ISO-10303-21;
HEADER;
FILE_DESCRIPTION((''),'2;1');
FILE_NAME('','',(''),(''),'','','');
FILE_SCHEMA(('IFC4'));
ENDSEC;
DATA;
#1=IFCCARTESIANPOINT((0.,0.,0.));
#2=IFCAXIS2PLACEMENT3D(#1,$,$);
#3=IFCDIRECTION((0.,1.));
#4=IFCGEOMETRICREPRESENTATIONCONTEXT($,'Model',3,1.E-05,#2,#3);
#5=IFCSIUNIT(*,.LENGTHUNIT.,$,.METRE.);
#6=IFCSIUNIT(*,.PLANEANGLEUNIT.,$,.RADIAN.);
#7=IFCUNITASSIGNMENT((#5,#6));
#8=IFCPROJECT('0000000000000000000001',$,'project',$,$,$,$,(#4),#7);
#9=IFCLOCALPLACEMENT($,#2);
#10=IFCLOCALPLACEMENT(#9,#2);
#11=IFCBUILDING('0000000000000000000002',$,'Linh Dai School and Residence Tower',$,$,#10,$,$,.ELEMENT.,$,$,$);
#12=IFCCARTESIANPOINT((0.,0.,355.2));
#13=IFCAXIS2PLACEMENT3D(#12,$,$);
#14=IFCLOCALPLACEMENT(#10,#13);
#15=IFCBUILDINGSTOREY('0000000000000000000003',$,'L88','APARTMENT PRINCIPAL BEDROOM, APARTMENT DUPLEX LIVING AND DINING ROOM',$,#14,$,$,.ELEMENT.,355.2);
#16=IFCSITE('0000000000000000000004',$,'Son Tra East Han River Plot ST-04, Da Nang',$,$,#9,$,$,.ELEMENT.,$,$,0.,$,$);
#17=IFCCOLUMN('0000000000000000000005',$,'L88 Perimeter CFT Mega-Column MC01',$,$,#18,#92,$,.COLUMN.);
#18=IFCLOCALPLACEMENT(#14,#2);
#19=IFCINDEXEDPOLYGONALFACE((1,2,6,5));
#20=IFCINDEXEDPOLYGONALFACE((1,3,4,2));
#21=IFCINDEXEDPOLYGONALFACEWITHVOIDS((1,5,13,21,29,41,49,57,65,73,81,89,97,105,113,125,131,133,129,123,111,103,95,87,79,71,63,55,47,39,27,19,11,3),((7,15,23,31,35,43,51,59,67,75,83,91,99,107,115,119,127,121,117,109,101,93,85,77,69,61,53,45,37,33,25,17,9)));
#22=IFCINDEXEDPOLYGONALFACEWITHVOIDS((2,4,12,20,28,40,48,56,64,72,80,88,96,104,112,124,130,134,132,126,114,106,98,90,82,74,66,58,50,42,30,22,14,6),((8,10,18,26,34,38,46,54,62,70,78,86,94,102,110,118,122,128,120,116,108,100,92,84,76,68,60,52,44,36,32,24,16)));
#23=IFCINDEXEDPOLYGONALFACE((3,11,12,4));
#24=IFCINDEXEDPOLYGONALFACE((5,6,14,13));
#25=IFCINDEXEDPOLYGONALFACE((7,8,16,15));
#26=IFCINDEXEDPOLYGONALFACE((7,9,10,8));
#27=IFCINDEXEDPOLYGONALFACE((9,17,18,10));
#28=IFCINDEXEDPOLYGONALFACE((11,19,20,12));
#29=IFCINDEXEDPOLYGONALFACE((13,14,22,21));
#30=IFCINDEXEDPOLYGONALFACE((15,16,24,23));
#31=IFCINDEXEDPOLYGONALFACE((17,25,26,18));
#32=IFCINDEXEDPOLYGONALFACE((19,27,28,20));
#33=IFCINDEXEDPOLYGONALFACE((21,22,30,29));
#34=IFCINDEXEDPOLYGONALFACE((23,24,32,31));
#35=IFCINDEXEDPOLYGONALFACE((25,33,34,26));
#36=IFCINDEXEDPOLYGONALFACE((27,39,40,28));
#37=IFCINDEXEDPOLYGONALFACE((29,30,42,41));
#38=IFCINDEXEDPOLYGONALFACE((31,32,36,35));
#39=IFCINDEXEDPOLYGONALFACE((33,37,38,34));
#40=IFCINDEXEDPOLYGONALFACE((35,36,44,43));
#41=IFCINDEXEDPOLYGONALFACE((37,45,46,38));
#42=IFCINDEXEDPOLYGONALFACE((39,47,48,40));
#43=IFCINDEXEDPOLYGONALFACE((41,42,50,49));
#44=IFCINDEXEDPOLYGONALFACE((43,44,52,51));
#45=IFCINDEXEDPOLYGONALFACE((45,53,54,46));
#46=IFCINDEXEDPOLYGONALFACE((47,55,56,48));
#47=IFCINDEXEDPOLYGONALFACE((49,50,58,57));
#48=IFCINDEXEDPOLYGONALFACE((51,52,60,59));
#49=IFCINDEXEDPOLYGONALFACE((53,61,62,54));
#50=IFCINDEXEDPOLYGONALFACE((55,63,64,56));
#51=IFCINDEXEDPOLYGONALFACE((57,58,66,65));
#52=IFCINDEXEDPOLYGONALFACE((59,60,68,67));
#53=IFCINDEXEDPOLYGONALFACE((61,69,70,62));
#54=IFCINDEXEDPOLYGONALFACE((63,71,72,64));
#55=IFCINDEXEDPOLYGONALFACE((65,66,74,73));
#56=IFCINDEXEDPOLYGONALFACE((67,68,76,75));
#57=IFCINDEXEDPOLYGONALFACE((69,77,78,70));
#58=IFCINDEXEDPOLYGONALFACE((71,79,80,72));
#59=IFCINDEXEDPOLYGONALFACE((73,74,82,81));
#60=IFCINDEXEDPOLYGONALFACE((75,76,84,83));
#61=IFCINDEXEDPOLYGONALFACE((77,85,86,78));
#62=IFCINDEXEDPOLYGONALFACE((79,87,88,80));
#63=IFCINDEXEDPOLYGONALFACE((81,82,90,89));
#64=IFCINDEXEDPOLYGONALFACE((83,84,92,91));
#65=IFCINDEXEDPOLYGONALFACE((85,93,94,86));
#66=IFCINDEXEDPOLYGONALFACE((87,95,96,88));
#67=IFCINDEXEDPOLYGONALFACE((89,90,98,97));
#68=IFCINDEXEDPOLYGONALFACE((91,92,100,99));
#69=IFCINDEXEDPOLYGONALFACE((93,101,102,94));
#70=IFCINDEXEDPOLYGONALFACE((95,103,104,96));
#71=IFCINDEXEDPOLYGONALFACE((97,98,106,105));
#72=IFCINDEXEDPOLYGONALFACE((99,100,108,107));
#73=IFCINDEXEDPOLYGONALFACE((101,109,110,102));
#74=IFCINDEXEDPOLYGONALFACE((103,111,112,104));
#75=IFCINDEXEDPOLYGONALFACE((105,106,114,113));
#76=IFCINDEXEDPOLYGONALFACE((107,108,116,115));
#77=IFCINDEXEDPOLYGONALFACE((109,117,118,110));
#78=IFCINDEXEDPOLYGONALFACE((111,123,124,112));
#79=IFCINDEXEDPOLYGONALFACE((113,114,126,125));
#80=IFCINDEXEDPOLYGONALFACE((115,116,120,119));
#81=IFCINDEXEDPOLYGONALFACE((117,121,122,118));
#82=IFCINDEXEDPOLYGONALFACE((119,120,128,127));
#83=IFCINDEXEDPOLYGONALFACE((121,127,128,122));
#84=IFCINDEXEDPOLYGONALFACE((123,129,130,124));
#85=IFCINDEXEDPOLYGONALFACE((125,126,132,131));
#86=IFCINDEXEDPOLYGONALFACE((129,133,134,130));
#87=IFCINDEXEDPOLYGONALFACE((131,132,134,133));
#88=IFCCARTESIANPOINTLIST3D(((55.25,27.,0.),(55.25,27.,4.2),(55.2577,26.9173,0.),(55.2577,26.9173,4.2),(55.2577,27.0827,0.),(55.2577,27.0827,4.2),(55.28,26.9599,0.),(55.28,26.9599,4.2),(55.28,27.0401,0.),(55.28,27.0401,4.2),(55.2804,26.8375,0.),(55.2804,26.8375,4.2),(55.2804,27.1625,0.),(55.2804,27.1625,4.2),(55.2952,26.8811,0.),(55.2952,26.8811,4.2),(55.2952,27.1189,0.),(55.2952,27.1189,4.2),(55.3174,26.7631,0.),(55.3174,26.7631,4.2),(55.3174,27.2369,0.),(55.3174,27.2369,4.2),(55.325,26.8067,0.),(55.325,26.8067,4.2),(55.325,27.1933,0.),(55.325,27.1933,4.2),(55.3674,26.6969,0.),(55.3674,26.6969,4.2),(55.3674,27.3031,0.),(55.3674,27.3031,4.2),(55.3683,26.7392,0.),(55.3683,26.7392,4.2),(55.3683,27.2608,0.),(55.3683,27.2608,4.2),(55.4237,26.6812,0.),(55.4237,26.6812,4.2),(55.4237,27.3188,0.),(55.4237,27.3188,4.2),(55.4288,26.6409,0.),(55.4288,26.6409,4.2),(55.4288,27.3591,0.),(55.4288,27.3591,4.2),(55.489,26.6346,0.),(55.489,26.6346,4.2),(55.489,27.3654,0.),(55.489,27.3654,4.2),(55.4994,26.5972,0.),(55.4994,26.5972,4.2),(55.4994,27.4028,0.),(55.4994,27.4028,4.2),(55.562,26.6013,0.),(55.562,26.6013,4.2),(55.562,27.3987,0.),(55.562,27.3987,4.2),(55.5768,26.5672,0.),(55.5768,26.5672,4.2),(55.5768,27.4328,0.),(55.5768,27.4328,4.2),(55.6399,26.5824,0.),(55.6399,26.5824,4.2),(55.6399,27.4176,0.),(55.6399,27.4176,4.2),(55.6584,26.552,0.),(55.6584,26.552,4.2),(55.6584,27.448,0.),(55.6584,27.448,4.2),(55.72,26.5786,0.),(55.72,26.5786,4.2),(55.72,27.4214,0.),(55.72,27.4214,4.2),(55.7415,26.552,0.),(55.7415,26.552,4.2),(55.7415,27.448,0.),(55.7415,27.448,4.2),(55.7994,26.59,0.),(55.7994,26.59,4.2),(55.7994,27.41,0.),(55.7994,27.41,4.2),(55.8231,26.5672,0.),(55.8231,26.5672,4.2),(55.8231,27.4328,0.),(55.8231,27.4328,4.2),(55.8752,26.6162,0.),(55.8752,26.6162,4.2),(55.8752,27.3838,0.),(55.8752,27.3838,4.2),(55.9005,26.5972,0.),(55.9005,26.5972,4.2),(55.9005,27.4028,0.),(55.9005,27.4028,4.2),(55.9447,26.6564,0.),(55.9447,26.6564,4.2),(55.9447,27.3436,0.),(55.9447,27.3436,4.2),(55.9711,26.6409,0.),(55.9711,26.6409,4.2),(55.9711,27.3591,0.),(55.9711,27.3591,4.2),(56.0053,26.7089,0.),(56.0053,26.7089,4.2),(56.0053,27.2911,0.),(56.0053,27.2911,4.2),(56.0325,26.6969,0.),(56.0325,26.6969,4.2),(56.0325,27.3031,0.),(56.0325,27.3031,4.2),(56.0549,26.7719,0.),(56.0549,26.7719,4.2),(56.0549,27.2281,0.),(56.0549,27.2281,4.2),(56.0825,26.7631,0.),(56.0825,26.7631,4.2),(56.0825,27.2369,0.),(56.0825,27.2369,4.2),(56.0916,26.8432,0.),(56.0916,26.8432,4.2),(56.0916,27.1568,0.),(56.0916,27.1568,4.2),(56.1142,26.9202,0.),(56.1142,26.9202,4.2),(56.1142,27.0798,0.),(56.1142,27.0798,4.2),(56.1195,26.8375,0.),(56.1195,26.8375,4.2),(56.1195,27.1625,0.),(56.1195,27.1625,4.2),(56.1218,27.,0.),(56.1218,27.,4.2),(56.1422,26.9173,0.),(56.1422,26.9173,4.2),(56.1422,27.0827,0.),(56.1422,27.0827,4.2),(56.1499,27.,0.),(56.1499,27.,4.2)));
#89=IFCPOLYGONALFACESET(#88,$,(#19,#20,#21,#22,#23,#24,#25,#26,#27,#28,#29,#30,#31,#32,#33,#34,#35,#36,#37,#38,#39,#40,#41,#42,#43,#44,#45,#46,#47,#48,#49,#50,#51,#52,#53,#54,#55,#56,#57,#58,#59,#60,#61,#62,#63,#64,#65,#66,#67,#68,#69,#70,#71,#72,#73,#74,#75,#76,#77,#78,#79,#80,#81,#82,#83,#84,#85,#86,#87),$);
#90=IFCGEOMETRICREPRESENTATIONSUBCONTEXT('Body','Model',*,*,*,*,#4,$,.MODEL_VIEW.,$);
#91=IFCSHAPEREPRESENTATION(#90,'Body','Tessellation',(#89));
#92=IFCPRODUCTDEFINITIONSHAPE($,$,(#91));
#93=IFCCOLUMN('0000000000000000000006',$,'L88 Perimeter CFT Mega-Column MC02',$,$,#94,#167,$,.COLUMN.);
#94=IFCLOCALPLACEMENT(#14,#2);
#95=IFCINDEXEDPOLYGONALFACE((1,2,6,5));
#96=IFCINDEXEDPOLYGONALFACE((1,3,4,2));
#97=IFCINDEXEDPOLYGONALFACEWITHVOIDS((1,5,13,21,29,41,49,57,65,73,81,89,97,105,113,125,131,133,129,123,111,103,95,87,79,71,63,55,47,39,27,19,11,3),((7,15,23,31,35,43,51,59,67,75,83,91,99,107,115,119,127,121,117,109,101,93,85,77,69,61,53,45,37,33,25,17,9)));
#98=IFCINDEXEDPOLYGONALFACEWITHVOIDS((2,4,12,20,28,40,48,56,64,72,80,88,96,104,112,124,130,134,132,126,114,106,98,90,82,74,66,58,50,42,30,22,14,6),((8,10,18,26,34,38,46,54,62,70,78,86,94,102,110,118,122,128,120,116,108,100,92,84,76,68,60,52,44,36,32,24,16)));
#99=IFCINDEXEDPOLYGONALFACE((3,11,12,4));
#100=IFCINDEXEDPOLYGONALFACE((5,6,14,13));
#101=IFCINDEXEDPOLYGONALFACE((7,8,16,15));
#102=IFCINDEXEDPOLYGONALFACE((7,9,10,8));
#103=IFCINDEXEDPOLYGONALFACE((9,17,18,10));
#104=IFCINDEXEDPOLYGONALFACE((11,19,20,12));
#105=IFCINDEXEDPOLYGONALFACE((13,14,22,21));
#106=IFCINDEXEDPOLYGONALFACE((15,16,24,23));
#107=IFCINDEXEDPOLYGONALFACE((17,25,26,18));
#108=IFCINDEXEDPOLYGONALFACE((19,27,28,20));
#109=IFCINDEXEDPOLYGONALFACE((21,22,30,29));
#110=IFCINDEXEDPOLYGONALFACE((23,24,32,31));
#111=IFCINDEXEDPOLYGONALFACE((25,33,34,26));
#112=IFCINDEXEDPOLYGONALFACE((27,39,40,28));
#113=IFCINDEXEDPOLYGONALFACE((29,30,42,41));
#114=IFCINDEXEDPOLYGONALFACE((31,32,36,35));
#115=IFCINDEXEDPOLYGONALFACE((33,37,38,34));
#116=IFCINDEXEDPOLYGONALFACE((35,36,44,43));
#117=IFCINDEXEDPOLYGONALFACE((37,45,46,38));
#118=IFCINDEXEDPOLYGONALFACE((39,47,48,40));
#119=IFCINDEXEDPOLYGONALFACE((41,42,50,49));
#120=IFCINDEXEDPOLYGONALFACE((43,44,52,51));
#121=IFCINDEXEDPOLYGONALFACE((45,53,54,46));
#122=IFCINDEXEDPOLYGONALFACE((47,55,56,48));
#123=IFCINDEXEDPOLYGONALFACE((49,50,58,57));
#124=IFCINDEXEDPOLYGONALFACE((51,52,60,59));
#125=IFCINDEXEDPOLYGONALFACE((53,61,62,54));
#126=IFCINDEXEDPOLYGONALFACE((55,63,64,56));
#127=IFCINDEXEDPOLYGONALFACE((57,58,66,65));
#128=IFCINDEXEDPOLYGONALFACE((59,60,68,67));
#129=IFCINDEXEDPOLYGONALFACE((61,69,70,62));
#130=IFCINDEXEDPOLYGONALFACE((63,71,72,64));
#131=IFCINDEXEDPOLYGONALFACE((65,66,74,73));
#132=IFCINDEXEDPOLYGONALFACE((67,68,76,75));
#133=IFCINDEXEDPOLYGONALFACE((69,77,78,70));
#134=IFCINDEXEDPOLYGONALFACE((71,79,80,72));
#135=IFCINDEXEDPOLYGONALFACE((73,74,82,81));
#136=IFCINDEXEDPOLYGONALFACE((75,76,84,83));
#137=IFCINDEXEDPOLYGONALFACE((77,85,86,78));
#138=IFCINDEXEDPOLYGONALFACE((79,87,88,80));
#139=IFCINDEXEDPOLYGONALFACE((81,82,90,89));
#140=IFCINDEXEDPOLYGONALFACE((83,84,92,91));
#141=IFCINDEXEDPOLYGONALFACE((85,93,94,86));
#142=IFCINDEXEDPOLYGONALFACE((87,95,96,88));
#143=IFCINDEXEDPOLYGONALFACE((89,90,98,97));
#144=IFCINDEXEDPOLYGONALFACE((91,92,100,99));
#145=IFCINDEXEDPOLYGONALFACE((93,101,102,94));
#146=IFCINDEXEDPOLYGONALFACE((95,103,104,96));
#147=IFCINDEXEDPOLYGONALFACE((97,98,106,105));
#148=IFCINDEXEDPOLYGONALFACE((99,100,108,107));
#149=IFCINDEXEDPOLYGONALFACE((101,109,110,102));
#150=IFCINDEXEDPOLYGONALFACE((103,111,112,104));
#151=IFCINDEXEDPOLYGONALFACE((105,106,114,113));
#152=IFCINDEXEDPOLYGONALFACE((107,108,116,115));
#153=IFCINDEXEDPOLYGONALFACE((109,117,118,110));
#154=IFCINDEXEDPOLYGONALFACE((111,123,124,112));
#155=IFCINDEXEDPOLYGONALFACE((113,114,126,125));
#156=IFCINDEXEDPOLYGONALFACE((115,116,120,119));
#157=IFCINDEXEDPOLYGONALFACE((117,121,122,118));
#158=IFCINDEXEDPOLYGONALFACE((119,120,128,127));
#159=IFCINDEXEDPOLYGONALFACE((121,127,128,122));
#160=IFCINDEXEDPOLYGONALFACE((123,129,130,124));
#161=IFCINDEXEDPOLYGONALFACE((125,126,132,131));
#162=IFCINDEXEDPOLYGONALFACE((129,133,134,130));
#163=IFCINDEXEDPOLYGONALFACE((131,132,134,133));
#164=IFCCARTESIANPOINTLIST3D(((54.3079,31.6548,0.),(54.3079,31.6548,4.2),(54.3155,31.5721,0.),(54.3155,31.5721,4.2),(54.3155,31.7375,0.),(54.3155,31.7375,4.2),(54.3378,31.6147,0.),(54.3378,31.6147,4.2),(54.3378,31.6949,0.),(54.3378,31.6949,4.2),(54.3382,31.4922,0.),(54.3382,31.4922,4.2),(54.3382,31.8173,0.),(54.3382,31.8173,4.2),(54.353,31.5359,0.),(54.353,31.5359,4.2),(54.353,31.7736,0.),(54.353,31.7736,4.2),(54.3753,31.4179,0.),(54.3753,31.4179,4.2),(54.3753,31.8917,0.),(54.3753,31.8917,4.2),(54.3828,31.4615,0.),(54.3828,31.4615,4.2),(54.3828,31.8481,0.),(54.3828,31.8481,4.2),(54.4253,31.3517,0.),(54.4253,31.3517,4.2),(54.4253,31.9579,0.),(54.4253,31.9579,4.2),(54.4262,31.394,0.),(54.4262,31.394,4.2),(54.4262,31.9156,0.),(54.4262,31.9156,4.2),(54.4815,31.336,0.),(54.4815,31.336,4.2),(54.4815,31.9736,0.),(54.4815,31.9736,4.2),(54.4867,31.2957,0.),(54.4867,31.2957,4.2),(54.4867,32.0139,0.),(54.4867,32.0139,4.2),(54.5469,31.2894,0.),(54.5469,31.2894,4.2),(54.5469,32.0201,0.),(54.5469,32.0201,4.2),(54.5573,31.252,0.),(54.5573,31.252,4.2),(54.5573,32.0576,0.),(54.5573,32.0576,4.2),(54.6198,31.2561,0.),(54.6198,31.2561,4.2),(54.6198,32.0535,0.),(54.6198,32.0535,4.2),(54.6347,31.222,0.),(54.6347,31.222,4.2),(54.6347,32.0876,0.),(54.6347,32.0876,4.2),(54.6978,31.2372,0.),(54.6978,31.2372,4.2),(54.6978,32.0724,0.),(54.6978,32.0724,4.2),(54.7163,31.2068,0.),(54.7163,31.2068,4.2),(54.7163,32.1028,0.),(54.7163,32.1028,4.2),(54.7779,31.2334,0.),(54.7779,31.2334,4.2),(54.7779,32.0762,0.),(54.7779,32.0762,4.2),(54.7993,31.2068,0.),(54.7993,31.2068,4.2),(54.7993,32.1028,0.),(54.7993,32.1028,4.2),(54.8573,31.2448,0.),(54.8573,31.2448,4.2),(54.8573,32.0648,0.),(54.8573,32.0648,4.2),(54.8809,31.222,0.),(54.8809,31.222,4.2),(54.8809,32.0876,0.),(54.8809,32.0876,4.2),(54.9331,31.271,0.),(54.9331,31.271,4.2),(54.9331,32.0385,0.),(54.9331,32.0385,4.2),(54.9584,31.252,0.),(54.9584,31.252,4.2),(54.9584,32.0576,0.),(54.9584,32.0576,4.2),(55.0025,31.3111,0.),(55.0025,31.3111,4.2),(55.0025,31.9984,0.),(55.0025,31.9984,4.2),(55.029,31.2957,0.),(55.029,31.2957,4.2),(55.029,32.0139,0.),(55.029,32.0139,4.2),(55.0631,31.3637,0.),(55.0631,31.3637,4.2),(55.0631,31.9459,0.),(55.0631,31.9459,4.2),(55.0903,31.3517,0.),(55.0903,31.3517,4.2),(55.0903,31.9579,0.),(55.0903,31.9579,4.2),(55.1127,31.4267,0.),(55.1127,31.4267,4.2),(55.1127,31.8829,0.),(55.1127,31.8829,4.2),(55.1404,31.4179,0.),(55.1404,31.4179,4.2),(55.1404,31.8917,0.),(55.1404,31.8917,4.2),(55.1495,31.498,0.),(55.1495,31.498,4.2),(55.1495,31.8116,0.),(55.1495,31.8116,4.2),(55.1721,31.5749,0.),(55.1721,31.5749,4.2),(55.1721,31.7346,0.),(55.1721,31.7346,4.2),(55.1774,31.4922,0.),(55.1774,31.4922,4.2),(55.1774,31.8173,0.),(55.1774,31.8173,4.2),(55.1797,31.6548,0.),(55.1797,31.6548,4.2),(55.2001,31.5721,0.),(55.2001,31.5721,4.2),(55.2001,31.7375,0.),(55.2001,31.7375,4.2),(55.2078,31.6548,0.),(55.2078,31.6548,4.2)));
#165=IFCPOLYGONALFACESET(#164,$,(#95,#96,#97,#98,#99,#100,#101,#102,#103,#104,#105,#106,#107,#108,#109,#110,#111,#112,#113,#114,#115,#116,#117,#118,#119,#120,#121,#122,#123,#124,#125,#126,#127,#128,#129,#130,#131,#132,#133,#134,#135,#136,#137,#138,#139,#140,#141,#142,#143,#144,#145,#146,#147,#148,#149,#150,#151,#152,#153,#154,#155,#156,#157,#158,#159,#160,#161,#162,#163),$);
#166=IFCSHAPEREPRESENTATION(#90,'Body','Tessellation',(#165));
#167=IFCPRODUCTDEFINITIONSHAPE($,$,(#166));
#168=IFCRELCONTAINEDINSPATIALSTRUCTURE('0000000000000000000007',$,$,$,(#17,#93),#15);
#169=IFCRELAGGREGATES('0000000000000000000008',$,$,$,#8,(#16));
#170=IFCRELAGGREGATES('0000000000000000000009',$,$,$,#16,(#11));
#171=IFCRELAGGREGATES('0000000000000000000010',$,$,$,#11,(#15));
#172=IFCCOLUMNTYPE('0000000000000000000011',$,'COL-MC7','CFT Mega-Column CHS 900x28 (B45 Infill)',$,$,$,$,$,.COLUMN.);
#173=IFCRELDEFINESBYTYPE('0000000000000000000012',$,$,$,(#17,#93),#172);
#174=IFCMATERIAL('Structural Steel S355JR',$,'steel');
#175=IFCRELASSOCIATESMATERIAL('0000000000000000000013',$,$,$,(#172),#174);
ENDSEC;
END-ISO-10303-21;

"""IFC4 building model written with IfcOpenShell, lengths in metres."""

from ifc_helpers import new_model, si_unit, direction, frame, origin, origin_2d, place, context, subcontext, project, spatial, hollow_circle, extrude, material, material_profile, profile_set, type_object, element, save


model = new_model("IFC4")

# Units and contexts
model_context = context("Model", 3, precision=1e-05, world=origin(), true_north=direction((0.0, 1.0)))
body_context = subcontext(model_context, "Body", "Model", "MODEL_VIEW")
ifc_project = project(units=[si_unit("LENGTHUNIT", "METRE"), si_unit("PLANEANGLEUNIT", "RADIAN")], contexts=[model_context])

# Site, building, storey
site_placement = place(None, origin())
site = spatial("IfcSite", under=ifc_project, at=site_placement, Name="Son Tra East Han River Plot ST-04, Da Nang", CompositionType="ELEMENT", RefElevation=0.0)
building_placement = place(site_placement, origin())
building = spatial("IfcBuilding", under=site, at=building_placement, Name="Linh Dai School and Residence Tower", CompositionType="ELEMENT")
storey_placement = place(building_placement, frame((0.0, 0.0, 355.2)))
storey = spatial("IfcBuildingStorey", under=building, at=storey_placement, Name="L88", Description="APARTMENT PRINCIPAL BEDROOM, APARTMENT DUPLEX LIVING AND DINING ROOM", CompositionType="ELEMENT", Elevation=355.2)

# Columns
ifc_material_1 = material(Name="Structural Steel S355JR", Category="steel")
ifc_material_profile_1 = material_profile(ifc_material_1, hollow_circle(Radius=0.45, WallThickness=0.0281, at=origin_2d()), Name="CHS 900x28")
ifc_profile_set_1 = profile_set([ifc_material_profile_1], Name="Structural Steel S355JR")
column_type = type_object("IfcColumnType", Name="COL-MC7", Description="CFT Mega-Column CHS 900x28 (B45 Infill)", PredefinedType="COLUMN", material=ifc_profile_set_1)
for number, where, z_axis, x_axis, name in (
    (1, (55.7, 27.0, 0.0), (0.0, 0.0, 1.0), (1.0, 0.0, 0.0), "L88 Perimeter CFT Mega-Column MC01"),
    (2, (54.7578, 31.6548, 0.0), (0.0, 0.0, 1.0), (1.0, 0.0, 0.0), "L88 Perimeter CFT Mega-Column MC02"),
):
    element("IfcColumn", number, at=place(storey_placement, frame(where, z_axis=z_axis, x_axis=x_axis)), inside=storey, type_object=column_type, Name=name, PredefinedType="COLUMN", context=body_context, shape_type="SweptSolid", body=[
        extrude(hollow_circle(Radius=0.45, WallThickness=0.0281, at=origin_2d()), origin(), (0.0, 0.0, 1.0), 4.2),
    ])

save(model, "model.ifc")
